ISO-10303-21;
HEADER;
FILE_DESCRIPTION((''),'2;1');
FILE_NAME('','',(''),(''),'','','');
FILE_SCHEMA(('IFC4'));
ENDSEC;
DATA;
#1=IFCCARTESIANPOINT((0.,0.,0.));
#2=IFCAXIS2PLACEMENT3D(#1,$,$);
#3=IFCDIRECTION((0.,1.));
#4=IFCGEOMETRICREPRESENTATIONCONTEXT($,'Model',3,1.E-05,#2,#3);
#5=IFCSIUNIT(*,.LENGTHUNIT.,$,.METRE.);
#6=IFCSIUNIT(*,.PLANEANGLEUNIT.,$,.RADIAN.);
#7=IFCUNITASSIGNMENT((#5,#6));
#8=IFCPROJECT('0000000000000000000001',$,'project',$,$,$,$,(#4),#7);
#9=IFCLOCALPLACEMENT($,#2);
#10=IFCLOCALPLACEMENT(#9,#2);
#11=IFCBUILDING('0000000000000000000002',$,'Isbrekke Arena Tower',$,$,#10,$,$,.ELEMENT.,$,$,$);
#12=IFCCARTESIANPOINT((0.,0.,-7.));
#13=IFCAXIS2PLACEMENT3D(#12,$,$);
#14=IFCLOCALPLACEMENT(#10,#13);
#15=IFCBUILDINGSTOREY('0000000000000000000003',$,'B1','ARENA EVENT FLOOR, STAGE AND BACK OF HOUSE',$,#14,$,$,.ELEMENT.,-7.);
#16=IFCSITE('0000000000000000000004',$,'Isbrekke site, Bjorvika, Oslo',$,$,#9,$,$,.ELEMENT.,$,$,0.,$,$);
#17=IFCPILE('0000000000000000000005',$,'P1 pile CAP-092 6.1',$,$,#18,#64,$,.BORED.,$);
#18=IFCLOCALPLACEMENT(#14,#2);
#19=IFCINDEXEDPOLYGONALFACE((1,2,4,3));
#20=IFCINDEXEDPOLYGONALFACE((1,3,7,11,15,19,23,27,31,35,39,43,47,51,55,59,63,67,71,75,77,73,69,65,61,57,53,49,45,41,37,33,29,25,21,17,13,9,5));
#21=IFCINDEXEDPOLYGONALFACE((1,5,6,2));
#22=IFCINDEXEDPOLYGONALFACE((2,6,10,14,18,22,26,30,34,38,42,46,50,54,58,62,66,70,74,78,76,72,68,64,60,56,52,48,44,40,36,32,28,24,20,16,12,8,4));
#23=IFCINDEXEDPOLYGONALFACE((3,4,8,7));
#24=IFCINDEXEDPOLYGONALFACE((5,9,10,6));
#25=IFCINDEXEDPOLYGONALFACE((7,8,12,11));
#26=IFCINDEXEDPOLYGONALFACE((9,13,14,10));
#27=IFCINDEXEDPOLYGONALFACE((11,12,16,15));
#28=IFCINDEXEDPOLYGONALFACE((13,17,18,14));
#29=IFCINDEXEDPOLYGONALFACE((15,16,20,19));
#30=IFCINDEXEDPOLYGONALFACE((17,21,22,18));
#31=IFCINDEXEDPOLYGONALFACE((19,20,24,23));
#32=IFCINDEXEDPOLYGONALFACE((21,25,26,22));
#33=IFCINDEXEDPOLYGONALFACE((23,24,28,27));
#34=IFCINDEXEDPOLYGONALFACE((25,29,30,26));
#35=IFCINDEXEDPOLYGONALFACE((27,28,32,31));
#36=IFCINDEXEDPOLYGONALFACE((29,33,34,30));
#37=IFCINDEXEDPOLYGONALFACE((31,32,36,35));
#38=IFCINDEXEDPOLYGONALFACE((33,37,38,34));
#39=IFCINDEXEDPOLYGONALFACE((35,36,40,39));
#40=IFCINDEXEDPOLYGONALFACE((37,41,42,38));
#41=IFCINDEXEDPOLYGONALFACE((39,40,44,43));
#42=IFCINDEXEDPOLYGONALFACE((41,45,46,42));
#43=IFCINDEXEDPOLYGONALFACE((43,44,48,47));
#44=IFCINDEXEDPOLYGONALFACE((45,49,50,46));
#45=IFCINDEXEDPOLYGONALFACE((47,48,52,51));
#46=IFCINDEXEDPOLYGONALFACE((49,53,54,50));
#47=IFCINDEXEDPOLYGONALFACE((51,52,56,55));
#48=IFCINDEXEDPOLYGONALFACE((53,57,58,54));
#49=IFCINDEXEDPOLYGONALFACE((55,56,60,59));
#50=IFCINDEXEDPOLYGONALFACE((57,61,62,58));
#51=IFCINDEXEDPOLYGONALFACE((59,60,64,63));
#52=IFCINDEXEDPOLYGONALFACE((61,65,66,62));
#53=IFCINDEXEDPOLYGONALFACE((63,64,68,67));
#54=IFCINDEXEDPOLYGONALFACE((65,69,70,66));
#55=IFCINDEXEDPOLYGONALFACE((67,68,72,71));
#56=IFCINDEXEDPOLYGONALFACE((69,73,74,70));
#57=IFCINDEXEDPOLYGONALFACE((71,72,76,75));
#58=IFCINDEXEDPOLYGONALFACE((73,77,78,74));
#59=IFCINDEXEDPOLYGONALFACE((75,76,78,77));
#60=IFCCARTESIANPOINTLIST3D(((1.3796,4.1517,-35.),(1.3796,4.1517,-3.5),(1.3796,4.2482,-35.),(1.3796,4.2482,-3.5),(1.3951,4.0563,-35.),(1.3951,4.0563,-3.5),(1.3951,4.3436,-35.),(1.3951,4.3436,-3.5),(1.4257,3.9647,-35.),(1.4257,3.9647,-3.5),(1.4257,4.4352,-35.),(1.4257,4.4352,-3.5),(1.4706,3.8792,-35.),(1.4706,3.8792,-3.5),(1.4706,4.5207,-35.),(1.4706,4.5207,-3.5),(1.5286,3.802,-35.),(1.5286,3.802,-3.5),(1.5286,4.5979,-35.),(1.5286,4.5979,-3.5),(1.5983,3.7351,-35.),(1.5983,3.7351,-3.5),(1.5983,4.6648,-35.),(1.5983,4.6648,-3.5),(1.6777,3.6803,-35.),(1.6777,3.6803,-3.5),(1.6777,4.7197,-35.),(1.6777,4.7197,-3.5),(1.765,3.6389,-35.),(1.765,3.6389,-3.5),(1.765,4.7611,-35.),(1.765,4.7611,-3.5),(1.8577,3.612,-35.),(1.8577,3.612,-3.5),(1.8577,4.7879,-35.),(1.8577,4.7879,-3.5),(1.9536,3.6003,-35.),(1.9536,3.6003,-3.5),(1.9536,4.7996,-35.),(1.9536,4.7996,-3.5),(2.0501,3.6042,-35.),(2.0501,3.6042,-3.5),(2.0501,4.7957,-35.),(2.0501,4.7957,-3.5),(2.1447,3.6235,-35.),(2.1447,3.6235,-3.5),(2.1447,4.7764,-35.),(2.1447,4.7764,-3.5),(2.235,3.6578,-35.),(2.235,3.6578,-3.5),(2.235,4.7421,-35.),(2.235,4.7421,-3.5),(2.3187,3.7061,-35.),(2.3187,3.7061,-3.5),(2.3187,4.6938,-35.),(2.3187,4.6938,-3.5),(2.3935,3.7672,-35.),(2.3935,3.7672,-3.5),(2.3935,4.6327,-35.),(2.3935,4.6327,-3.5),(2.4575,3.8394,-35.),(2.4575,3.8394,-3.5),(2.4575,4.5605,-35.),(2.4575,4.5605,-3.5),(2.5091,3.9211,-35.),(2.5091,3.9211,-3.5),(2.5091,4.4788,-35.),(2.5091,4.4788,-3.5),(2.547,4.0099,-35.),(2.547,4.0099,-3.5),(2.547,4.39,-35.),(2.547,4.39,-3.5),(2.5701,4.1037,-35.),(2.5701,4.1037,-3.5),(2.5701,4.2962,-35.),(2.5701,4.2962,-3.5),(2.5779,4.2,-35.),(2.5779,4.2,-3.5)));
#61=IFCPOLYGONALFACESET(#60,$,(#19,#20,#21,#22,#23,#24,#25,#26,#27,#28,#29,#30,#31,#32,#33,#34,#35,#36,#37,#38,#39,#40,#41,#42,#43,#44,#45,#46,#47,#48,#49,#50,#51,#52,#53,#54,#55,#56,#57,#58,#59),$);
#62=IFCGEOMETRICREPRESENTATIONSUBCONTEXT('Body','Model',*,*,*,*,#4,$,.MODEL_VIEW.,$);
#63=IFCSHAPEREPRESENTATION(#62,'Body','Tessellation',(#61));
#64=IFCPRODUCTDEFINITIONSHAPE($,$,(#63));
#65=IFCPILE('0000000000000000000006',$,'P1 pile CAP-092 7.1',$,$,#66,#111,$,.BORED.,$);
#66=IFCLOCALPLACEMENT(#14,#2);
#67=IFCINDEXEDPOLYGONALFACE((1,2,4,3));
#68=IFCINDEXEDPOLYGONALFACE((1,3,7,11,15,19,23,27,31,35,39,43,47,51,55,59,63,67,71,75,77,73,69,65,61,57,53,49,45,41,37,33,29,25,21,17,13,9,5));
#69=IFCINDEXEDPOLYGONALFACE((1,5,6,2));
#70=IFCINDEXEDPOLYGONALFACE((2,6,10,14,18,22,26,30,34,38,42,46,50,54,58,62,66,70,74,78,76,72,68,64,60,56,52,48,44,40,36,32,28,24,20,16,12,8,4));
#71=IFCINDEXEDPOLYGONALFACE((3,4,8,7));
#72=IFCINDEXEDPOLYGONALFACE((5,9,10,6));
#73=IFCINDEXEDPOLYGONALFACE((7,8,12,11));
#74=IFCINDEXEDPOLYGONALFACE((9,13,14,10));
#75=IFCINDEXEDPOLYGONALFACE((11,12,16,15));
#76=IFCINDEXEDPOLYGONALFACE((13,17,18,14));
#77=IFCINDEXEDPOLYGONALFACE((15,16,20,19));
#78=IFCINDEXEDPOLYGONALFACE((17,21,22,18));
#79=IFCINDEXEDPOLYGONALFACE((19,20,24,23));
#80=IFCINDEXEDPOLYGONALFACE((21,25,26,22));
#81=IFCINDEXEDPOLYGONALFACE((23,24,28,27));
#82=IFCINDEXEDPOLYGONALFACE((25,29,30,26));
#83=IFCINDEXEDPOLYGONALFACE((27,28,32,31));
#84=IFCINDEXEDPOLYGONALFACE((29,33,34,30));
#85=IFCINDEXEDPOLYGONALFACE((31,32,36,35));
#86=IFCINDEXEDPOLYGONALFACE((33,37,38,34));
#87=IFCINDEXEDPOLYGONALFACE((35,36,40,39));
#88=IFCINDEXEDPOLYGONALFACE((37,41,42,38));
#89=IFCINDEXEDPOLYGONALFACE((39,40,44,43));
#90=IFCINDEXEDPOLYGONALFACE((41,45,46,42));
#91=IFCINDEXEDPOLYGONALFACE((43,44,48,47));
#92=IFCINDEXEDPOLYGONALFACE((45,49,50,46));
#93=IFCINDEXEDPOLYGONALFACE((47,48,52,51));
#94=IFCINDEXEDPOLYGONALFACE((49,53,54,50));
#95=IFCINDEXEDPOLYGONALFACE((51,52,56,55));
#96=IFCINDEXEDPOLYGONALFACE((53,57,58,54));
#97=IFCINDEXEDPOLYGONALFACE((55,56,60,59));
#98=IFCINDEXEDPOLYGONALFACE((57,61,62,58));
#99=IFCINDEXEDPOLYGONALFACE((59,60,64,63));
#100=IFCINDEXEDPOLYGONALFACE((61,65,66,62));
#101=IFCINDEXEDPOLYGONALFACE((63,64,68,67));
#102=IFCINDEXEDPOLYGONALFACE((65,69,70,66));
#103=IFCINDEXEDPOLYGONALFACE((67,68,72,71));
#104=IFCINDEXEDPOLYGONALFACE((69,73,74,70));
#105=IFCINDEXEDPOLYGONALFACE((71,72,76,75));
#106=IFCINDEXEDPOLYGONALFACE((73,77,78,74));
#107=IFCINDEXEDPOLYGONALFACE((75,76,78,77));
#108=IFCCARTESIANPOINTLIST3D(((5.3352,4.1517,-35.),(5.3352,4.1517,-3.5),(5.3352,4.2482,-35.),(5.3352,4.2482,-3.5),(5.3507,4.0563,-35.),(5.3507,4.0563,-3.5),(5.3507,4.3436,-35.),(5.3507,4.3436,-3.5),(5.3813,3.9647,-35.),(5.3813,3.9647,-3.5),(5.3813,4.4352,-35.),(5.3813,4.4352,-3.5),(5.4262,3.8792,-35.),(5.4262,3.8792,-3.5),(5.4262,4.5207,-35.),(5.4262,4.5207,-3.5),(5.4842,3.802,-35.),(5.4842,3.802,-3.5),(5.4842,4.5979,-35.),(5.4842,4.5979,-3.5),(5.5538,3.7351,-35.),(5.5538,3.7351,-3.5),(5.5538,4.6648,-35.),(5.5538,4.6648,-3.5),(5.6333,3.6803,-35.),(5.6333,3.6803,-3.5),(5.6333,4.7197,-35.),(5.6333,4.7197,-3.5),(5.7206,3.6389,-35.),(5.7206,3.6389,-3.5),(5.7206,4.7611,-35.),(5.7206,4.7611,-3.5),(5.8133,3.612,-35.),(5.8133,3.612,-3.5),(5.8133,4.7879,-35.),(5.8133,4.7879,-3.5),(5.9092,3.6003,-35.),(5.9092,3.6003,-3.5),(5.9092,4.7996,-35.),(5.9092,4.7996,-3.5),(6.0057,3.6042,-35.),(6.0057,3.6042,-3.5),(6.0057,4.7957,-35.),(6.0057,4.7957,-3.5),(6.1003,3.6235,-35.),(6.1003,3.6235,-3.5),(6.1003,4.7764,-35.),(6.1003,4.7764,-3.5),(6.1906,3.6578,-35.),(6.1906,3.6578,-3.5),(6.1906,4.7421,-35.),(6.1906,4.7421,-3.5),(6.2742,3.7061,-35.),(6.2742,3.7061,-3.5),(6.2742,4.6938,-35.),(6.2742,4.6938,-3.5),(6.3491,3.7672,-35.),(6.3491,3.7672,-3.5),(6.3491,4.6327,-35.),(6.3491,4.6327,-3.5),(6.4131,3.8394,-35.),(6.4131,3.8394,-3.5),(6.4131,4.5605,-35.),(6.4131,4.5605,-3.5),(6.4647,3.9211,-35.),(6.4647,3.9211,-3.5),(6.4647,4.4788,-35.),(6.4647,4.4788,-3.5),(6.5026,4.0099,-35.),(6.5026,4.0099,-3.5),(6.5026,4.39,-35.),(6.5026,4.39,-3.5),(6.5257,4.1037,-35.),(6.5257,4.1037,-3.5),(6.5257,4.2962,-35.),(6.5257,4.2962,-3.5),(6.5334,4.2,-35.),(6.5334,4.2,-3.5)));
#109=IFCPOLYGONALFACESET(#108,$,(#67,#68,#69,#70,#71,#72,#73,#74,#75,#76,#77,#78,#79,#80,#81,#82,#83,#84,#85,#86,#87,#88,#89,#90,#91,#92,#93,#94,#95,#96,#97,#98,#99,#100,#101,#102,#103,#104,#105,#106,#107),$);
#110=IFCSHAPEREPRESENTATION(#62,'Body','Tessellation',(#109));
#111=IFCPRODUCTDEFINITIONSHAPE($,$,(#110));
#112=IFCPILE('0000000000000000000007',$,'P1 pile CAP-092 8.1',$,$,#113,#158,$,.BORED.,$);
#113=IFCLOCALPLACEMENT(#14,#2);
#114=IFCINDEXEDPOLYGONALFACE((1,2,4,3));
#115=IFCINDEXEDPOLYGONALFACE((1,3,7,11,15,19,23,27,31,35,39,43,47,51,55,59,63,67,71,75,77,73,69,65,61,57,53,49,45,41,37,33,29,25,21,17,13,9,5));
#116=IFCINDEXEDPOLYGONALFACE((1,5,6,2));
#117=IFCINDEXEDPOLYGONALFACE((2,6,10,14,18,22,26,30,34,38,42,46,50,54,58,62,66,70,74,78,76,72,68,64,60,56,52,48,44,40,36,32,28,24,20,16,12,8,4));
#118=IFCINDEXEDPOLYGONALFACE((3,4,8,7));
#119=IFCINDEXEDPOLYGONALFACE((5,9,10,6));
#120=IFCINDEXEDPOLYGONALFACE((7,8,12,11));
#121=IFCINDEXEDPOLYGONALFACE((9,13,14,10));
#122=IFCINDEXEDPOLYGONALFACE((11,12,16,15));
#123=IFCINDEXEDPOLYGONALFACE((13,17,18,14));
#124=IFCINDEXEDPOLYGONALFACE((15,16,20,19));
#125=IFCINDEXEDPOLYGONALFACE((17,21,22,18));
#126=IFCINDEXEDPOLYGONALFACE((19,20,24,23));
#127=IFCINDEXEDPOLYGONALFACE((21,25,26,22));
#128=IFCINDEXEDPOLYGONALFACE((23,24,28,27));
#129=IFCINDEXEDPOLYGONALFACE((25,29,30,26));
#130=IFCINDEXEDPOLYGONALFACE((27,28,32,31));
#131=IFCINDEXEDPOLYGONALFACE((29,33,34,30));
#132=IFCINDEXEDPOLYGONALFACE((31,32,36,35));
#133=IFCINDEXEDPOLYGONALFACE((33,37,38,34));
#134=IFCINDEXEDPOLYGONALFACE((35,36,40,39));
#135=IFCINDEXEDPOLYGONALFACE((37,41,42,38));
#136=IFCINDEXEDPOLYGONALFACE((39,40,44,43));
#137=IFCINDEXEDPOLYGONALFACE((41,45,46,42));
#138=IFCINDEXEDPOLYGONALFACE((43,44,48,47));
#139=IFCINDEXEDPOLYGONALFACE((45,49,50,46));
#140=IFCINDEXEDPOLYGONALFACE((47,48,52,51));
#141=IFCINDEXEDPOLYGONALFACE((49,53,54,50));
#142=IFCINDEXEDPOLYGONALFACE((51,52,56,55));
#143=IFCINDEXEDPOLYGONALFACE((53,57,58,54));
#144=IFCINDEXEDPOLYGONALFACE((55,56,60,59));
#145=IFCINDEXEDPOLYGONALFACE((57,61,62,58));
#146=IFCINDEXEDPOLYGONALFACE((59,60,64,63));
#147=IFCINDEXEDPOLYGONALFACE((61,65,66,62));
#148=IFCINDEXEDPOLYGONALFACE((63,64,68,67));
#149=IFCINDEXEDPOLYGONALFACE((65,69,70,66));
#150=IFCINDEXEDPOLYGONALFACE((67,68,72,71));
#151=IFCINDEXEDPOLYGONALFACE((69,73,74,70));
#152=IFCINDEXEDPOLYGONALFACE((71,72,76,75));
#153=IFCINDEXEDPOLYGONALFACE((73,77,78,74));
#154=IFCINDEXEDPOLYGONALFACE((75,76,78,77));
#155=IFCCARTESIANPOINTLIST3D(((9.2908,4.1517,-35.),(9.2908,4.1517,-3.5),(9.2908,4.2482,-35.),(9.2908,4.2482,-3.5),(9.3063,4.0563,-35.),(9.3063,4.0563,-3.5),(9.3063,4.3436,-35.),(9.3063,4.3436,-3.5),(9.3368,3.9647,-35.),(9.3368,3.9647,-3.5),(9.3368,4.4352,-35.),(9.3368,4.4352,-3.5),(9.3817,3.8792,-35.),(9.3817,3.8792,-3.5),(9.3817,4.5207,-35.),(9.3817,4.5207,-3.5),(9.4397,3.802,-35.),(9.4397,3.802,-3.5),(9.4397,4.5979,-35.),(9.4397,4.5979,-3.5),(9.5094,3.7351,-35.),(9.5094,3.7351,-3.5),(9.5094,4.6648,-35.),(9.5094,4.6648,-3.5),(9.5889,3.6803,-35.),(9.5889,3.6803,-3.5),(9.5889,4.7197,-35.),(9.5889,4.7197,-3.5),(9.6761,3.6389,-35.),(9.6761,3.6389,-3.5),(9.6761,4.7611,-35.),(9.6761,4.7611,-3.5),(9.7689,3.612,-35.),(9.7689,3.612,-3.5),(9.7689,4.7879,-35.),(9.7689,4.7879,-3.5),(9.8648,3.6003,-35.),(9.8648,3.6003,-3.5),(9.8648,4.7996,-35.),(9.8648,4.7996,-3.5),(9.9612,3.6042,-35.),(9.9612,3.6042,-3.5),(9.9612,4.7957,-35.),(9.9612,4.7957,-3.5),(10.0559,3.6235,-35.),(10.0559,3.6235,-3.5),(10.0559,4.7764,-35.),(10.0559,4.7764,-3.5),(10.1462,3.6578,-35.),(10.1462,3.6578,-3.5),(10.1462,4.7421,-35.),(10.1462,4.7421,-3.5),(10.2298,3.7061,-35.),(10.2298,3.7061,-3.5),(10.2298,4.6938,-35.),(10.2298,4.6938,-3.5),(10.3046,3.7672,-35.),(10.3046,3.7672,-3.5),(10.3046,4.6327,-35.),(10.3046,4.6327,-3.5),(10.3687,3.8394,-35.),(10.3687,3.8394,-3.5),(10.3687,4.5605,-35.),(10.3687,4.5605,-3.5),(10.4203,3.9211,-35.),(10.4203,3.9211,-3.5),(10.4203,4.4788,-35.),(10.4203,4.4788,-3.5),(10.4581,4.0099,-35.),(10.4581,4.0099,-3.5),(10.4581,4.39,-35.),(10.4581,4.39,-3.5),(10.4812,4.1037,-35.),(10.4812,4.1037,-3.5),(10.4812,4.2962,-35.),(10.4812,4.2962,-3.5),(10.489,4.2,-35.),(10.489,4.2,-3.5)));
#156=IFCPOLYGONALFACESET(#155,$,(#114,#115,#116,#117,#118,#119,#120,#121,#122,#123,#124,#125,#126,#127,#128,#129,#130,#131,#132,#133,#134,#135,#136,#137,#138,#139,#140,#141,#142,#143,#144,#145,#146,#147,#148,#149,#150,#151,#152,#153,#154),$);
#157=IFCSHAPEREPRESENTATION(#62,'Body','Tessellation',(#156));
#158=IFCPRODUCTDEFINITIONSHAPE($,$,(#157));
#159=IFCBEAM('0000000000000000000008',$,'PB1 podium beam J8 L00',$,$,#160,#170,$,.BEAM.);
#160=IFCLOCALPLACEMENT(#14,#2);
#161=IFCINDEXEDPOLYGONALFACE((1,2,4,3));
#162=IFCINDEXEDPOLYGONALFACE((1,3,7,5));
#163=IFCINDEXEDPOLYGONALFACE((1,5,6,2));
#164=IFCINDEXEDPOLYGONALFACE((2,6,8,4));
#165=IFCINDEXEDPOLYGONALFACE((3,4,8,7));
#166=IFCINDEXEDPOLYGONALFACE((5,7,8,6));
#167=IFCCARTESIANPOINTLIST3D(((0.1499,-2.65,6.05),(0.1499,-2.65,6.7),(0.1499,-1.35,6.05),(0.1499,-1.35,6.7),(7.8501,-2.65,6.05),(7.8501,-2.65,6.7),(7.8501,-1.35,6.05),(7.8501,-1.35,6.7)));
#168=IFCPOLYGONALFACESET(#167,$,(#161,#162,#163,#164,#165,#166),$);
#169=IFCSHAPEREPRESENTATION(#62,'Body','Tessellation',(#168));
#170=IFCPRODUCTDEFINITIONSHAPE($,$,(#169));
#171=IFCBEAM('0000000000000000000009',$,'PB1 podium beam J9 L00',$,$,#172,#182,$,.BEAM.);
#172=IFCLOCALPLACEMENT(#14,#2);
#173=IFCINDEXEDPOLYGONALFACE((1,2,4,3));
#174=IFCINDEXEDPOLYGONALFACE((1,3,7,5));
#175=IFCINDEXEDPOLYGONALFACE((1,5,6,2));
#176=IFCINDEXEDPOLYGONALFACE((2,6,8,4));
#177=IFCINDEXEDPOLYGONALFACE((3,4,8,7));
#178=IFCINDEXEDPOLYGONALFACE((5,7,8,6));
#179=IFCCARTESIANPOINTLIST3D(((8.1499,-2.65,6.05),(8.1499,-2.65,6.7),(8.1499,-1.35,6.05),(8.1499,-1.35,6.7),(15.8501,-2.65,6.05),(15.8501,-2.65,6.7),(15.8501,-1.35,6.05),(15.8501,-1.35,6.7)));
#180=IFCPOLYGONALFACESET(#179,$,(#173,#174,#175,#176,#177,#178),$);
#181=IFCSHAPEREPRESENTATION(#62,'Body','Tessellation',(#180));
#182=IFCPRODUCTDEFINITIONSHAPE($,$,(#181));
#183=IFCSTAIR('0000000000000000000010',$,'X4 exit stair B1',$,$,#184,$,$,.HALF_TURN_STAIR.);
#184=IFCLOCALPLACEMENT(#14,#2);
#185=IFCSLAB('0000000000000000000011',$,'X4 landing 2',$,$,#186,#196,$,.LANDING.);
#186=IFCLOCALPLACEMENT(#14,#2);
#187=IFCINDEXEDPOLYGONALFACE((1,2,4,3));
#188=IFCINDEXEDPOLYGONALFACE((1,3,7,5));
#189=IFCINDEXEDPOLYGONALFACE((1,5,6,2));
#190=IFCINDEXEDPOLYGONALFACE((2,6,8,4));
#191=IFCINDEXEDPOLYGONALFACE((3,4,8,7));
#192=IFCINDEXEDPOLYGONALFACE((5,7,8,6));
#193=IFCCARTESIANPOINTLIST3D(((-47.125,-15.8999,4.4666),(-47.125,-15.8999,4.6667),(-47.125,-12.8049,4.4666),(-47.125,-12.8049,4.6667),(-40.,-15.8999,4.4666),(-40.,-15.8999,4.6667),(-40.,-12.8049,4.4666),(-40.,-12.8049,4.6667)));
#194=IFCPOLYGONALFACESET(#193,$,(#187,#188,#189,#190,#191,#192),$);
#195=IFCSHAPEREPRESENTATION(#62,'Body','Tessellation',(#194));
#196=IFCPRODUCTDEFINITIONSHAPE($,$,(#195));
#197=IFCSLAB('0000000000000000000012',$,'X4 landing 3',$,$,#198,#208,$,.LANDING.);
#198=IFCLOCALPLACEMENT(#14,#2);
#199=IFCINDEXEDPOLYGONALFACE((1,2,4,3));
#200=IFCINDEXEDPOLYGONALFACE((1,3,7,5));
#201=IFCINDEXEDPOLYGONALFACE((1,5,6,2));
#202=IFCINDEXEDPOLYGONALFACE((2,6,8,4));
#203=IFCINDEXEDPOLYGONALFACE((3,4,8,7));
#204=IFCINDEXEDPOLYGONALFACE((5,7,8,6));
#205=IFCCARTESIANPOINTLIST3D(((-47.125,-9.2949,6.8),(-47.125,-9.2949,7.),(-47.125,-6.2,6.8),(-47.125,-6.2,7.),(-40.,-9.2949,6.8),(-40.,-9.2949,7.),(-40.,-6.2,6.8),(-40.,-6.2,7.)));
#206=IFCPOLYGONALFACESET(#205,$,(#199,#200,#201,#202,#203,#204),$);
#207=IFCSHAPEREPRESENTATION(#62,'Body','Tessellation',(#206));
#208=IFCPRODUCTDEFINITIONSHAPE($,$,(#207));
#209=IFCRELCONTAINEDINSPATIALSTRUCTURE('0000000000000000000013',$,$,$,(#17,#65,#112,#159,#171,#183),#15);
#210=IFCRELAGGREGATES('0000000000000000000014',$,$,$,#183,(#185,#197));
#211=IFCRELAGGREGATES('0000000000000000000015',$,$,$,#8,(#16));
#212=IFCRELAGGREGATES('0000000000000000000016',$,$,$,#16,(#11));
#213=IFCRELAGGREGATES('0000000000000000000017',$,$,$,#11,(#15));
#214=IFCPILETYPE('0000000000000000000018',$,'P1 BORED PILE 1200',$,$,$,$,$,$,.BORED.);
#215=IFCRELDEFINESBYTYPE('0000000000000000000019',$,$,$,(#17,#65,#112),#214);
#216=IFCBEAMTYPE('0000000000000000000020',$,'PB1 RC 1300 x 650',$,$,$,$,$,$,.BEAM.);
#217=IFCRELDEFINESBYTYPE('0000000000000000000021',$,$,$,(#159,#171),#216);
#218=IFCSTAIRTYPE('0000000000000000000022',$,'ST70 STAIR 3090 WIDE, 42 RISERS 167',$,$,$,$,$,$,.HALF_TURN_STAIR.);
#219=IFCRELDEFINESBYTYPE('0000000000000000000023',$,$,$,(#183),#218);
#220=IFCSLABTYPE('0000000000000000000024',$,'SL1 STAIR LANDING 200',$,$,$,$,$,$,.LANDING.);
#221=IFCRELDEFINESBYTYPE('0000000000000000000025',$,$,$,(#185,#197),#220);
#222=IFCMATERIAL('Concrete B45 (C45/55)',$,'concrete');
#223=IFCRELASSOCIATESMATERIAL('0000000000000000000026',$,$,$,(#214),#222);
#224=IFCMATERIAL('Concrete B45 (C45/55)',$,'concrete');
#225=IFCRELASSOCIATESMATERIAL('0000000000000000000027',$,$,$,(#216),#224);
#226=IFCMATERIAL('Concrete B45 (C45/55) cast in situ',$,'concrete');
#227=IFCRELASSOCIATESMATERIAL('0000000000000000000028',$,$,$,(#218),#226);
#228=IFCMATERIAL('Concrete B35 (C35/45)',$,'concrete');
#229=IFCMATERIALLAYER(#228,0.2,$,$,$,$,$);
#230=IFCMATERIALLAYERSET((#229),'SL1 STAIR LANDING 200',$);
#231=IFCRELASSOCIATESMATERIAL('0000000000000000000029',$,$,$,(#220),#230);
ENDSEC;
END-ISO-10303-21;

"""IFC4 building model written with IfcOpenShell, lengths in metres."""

from ifc_helpers import new_model, si_unit, direction, frame, origin, origin_2d, place, context, subcontext, project, spatial, polyline, rectangle, circle, outline, extrude, material, layer, layer_set, material_profile, profile_set, type_object, element, aggregate, save


model = new_model("IFC4")

# Units and contexts
model_context = context("Model", 3, precision=1e-05, world=origin(), true_north=direction((0.0, 1.0)))
body_context = subcontext(model_context, "Body", "Model", "MODEL_VIEW")
ifc_project = project(units=[si_unit("LENGTHUNIT", "METRE"), si_unit("PLANEANGLEUNIT", "RADIAN")], contexts=[model_context])

# Site, building, storey
site_placement = place(None, origin())
site = spatial("IfcSite", under=ifc_project, at=site_placement, Name="Isbrekke site, Bjorvika, Oslo", CompositionType="ELEMENT", RefElevation=0.0)
building_placement = place(site_placement, origin())
building = spatial("IfcBuilding", under=site, at=building_placement, Name="Isbrekke Arena Tower", CompositionType="ELEMENT")
storey_placement = place(building_placement, frame((0.0, 0.0, -7.0)))
storey = spatial("IfcBuildingStorey", under=building, at=storey_placement, Name="B1", Description="ARENA EVENT FLOOR, STAGE AND BACK OF HOUSE", CompositionType="ELEMENT", Elevation=-7.0)

# Piles
ifc_material_1 = material(Name="Concrete B45 (C45/55)", Category="concrete")
ifc_material_profile_1 = material_profile(ifc_material_1, circle(Radius=0.6001, at=origin_2d()), Name="BORED PILE D1200")
ifc_profile_set_1 = profile_set([ifc_material_profile_1], Name="Concrete B45 (C45/55)")
pile_type = type_object("IfcPileType", Name="P1 BORED PILE 1200", PredefinedType="BORED", material=ifc_profile_set_1)
for number, where, z_axis, x_axis, name in (
    (1, (1.9778, 4.2, -3.5), (0.0, 0.0, -1.0), (1.0, 0.0, 0.0), "P1 pile CAP-092 6.1"),
    (2, (5.9333, 4.2, -3.5), (0.0, 0.0, -1.0), (1.0, 0.0, 0.0), "P1 pile CAP-092 7.1"),
    (3, (9.8889, 4.2, -3.5), (0.0, 0.0, -1.0), (1.0, 0.0, 0.0), "P1 pile CAP-092 8.1"),
):
    element("IfcPile", number, at=place(storey_placement, frame(where, z_axis=z_axis, x_axis=x_axis)), inside=storey, type_object=pile_type, Name=name, PredefinedType="BORED", context=body_context, shape_type="SweptSolid", body=[
        extrude(circle(Radius=0.6001, at=origin_2d()), origin(), (0.0, 0.0, 1.0), 31.5),
    ])

# Beams
ifc_material_2 = material(Name="Concrete B45 (C45/55)", Category="concrete")
ifc_material_profile_2 = material_profile(ifc_material_2, rectangle(XDim=1.3, YDim=0.6499, at=origin_2d()), Name="RC 1300x650")
ifc_profile_set_2 = profile_set([ifc_material_profile_2], Name="Concrete B45 (C45/55)")
beam_type = type_object("IfcBeamType", Name="PB1 RC 1300 x 650", PredefinedType="BEAM", material=ifc_profile_set_2)
for number, where, z_axis, x_axis, name in (
    (4, (0.1499, -2.0, 6.375), (1.0, 0.0, 0.0), (0.0, 1.0, 0.0), "PB1 podium beam J8 L00"),
    (5, (8.1499, -2.0, 6.375), (1.0, 0.0, 0.0), (0.0, 1.0, 0.0), "PB1 podium beam J9 L00"),
):
    element("IfcBeam", number, at=place(storey_placement, frame(where, z_axis=z_axis, x_axis=x_axis)), inside=storey, type_object=beam_type, Name=name, PredefinedType="BEAM", context=body_context, shape_type="SweptSolid", body=[
        extrude(rectangle(XDim=1.3, YDim=0.6499, at=origin_2d()), origin(), (0.0, 0.0, 1.0), 7.7002),
    ])

# Stair, slabs
ifc_material_3 = material(Name="Concrete B45 (C45/55) cast in situ", Category="concrete")
stair_type_1 = type_object("IfcStairType", Name="ST70 STAIR 3090 WIDE, 42 RISERS 167", PredefinedType="HALF_TURN_STAIR", material=ifc_material_3)
stair_1_placement = place(storey_placement, origin())
stair_1 = element("IfcStair", 6, at=stair_1_placement, inside=storey, type_object=stair_type_1, Name="X4 exit stair B1", PredefinedType="HALF_TURN_STAIR")
ifc_material_4 = material(Name="Concrete B35 (C35/45)", Category="concrete")
ifc_layer_1 = layer(ifc_material_4, 0.2)
ifc_layer_set_1 = layer_set([ifc_layer_1], Name="SL1 STAIR LANDING 200")
slab_type = type_object("IfcSlabType", Name="SL1 STAIR LANDING 200", PredefinedType="LANDING", material=ifc_layer_set_1)
slab_1_placement = place(storey_placement, frame((0.0, 0.0, 4.4666)))
slab_1 = element("IfcSlab", 7, at=slab_1_placement, type_object=slab_type, Name="X4 landing 2", PredefinedType="LANDING", context=body_context, shape_type="SweptSolid", body=[
    extrude(outline(polyline([(-47.125, -15.8999), (-40.0, -15.8999), (-40.0, -12.8049), (-47.125, -12.8049), (-47.125, -15.8999)])), origin(), (0.0, 0.0, 1.0), 0.2002),
])
slab_2_placement = place(storey_placement, frame((0.0, 0.0, 6.8)))
slab_2 = element("IfcSlab", 8, at=slab_2_placement, type_object=slab_type, Name="X4 landing 3", PredefinedType="LANDING", context=body_context, shape_type="SweptSolid", body=[
    extrude(outline(polyline([(-47.125, -9.2949), (-40.0, -9.2949), (-40.0, -6.2), (-47.125, -6.2), (-47.125, -9.2949)])), origin(), (0.0, 0.0, 1.0), 0.2),
])
aggregate(stair_1, [slab_1, slab_2])

save(model, "model.ifc")
